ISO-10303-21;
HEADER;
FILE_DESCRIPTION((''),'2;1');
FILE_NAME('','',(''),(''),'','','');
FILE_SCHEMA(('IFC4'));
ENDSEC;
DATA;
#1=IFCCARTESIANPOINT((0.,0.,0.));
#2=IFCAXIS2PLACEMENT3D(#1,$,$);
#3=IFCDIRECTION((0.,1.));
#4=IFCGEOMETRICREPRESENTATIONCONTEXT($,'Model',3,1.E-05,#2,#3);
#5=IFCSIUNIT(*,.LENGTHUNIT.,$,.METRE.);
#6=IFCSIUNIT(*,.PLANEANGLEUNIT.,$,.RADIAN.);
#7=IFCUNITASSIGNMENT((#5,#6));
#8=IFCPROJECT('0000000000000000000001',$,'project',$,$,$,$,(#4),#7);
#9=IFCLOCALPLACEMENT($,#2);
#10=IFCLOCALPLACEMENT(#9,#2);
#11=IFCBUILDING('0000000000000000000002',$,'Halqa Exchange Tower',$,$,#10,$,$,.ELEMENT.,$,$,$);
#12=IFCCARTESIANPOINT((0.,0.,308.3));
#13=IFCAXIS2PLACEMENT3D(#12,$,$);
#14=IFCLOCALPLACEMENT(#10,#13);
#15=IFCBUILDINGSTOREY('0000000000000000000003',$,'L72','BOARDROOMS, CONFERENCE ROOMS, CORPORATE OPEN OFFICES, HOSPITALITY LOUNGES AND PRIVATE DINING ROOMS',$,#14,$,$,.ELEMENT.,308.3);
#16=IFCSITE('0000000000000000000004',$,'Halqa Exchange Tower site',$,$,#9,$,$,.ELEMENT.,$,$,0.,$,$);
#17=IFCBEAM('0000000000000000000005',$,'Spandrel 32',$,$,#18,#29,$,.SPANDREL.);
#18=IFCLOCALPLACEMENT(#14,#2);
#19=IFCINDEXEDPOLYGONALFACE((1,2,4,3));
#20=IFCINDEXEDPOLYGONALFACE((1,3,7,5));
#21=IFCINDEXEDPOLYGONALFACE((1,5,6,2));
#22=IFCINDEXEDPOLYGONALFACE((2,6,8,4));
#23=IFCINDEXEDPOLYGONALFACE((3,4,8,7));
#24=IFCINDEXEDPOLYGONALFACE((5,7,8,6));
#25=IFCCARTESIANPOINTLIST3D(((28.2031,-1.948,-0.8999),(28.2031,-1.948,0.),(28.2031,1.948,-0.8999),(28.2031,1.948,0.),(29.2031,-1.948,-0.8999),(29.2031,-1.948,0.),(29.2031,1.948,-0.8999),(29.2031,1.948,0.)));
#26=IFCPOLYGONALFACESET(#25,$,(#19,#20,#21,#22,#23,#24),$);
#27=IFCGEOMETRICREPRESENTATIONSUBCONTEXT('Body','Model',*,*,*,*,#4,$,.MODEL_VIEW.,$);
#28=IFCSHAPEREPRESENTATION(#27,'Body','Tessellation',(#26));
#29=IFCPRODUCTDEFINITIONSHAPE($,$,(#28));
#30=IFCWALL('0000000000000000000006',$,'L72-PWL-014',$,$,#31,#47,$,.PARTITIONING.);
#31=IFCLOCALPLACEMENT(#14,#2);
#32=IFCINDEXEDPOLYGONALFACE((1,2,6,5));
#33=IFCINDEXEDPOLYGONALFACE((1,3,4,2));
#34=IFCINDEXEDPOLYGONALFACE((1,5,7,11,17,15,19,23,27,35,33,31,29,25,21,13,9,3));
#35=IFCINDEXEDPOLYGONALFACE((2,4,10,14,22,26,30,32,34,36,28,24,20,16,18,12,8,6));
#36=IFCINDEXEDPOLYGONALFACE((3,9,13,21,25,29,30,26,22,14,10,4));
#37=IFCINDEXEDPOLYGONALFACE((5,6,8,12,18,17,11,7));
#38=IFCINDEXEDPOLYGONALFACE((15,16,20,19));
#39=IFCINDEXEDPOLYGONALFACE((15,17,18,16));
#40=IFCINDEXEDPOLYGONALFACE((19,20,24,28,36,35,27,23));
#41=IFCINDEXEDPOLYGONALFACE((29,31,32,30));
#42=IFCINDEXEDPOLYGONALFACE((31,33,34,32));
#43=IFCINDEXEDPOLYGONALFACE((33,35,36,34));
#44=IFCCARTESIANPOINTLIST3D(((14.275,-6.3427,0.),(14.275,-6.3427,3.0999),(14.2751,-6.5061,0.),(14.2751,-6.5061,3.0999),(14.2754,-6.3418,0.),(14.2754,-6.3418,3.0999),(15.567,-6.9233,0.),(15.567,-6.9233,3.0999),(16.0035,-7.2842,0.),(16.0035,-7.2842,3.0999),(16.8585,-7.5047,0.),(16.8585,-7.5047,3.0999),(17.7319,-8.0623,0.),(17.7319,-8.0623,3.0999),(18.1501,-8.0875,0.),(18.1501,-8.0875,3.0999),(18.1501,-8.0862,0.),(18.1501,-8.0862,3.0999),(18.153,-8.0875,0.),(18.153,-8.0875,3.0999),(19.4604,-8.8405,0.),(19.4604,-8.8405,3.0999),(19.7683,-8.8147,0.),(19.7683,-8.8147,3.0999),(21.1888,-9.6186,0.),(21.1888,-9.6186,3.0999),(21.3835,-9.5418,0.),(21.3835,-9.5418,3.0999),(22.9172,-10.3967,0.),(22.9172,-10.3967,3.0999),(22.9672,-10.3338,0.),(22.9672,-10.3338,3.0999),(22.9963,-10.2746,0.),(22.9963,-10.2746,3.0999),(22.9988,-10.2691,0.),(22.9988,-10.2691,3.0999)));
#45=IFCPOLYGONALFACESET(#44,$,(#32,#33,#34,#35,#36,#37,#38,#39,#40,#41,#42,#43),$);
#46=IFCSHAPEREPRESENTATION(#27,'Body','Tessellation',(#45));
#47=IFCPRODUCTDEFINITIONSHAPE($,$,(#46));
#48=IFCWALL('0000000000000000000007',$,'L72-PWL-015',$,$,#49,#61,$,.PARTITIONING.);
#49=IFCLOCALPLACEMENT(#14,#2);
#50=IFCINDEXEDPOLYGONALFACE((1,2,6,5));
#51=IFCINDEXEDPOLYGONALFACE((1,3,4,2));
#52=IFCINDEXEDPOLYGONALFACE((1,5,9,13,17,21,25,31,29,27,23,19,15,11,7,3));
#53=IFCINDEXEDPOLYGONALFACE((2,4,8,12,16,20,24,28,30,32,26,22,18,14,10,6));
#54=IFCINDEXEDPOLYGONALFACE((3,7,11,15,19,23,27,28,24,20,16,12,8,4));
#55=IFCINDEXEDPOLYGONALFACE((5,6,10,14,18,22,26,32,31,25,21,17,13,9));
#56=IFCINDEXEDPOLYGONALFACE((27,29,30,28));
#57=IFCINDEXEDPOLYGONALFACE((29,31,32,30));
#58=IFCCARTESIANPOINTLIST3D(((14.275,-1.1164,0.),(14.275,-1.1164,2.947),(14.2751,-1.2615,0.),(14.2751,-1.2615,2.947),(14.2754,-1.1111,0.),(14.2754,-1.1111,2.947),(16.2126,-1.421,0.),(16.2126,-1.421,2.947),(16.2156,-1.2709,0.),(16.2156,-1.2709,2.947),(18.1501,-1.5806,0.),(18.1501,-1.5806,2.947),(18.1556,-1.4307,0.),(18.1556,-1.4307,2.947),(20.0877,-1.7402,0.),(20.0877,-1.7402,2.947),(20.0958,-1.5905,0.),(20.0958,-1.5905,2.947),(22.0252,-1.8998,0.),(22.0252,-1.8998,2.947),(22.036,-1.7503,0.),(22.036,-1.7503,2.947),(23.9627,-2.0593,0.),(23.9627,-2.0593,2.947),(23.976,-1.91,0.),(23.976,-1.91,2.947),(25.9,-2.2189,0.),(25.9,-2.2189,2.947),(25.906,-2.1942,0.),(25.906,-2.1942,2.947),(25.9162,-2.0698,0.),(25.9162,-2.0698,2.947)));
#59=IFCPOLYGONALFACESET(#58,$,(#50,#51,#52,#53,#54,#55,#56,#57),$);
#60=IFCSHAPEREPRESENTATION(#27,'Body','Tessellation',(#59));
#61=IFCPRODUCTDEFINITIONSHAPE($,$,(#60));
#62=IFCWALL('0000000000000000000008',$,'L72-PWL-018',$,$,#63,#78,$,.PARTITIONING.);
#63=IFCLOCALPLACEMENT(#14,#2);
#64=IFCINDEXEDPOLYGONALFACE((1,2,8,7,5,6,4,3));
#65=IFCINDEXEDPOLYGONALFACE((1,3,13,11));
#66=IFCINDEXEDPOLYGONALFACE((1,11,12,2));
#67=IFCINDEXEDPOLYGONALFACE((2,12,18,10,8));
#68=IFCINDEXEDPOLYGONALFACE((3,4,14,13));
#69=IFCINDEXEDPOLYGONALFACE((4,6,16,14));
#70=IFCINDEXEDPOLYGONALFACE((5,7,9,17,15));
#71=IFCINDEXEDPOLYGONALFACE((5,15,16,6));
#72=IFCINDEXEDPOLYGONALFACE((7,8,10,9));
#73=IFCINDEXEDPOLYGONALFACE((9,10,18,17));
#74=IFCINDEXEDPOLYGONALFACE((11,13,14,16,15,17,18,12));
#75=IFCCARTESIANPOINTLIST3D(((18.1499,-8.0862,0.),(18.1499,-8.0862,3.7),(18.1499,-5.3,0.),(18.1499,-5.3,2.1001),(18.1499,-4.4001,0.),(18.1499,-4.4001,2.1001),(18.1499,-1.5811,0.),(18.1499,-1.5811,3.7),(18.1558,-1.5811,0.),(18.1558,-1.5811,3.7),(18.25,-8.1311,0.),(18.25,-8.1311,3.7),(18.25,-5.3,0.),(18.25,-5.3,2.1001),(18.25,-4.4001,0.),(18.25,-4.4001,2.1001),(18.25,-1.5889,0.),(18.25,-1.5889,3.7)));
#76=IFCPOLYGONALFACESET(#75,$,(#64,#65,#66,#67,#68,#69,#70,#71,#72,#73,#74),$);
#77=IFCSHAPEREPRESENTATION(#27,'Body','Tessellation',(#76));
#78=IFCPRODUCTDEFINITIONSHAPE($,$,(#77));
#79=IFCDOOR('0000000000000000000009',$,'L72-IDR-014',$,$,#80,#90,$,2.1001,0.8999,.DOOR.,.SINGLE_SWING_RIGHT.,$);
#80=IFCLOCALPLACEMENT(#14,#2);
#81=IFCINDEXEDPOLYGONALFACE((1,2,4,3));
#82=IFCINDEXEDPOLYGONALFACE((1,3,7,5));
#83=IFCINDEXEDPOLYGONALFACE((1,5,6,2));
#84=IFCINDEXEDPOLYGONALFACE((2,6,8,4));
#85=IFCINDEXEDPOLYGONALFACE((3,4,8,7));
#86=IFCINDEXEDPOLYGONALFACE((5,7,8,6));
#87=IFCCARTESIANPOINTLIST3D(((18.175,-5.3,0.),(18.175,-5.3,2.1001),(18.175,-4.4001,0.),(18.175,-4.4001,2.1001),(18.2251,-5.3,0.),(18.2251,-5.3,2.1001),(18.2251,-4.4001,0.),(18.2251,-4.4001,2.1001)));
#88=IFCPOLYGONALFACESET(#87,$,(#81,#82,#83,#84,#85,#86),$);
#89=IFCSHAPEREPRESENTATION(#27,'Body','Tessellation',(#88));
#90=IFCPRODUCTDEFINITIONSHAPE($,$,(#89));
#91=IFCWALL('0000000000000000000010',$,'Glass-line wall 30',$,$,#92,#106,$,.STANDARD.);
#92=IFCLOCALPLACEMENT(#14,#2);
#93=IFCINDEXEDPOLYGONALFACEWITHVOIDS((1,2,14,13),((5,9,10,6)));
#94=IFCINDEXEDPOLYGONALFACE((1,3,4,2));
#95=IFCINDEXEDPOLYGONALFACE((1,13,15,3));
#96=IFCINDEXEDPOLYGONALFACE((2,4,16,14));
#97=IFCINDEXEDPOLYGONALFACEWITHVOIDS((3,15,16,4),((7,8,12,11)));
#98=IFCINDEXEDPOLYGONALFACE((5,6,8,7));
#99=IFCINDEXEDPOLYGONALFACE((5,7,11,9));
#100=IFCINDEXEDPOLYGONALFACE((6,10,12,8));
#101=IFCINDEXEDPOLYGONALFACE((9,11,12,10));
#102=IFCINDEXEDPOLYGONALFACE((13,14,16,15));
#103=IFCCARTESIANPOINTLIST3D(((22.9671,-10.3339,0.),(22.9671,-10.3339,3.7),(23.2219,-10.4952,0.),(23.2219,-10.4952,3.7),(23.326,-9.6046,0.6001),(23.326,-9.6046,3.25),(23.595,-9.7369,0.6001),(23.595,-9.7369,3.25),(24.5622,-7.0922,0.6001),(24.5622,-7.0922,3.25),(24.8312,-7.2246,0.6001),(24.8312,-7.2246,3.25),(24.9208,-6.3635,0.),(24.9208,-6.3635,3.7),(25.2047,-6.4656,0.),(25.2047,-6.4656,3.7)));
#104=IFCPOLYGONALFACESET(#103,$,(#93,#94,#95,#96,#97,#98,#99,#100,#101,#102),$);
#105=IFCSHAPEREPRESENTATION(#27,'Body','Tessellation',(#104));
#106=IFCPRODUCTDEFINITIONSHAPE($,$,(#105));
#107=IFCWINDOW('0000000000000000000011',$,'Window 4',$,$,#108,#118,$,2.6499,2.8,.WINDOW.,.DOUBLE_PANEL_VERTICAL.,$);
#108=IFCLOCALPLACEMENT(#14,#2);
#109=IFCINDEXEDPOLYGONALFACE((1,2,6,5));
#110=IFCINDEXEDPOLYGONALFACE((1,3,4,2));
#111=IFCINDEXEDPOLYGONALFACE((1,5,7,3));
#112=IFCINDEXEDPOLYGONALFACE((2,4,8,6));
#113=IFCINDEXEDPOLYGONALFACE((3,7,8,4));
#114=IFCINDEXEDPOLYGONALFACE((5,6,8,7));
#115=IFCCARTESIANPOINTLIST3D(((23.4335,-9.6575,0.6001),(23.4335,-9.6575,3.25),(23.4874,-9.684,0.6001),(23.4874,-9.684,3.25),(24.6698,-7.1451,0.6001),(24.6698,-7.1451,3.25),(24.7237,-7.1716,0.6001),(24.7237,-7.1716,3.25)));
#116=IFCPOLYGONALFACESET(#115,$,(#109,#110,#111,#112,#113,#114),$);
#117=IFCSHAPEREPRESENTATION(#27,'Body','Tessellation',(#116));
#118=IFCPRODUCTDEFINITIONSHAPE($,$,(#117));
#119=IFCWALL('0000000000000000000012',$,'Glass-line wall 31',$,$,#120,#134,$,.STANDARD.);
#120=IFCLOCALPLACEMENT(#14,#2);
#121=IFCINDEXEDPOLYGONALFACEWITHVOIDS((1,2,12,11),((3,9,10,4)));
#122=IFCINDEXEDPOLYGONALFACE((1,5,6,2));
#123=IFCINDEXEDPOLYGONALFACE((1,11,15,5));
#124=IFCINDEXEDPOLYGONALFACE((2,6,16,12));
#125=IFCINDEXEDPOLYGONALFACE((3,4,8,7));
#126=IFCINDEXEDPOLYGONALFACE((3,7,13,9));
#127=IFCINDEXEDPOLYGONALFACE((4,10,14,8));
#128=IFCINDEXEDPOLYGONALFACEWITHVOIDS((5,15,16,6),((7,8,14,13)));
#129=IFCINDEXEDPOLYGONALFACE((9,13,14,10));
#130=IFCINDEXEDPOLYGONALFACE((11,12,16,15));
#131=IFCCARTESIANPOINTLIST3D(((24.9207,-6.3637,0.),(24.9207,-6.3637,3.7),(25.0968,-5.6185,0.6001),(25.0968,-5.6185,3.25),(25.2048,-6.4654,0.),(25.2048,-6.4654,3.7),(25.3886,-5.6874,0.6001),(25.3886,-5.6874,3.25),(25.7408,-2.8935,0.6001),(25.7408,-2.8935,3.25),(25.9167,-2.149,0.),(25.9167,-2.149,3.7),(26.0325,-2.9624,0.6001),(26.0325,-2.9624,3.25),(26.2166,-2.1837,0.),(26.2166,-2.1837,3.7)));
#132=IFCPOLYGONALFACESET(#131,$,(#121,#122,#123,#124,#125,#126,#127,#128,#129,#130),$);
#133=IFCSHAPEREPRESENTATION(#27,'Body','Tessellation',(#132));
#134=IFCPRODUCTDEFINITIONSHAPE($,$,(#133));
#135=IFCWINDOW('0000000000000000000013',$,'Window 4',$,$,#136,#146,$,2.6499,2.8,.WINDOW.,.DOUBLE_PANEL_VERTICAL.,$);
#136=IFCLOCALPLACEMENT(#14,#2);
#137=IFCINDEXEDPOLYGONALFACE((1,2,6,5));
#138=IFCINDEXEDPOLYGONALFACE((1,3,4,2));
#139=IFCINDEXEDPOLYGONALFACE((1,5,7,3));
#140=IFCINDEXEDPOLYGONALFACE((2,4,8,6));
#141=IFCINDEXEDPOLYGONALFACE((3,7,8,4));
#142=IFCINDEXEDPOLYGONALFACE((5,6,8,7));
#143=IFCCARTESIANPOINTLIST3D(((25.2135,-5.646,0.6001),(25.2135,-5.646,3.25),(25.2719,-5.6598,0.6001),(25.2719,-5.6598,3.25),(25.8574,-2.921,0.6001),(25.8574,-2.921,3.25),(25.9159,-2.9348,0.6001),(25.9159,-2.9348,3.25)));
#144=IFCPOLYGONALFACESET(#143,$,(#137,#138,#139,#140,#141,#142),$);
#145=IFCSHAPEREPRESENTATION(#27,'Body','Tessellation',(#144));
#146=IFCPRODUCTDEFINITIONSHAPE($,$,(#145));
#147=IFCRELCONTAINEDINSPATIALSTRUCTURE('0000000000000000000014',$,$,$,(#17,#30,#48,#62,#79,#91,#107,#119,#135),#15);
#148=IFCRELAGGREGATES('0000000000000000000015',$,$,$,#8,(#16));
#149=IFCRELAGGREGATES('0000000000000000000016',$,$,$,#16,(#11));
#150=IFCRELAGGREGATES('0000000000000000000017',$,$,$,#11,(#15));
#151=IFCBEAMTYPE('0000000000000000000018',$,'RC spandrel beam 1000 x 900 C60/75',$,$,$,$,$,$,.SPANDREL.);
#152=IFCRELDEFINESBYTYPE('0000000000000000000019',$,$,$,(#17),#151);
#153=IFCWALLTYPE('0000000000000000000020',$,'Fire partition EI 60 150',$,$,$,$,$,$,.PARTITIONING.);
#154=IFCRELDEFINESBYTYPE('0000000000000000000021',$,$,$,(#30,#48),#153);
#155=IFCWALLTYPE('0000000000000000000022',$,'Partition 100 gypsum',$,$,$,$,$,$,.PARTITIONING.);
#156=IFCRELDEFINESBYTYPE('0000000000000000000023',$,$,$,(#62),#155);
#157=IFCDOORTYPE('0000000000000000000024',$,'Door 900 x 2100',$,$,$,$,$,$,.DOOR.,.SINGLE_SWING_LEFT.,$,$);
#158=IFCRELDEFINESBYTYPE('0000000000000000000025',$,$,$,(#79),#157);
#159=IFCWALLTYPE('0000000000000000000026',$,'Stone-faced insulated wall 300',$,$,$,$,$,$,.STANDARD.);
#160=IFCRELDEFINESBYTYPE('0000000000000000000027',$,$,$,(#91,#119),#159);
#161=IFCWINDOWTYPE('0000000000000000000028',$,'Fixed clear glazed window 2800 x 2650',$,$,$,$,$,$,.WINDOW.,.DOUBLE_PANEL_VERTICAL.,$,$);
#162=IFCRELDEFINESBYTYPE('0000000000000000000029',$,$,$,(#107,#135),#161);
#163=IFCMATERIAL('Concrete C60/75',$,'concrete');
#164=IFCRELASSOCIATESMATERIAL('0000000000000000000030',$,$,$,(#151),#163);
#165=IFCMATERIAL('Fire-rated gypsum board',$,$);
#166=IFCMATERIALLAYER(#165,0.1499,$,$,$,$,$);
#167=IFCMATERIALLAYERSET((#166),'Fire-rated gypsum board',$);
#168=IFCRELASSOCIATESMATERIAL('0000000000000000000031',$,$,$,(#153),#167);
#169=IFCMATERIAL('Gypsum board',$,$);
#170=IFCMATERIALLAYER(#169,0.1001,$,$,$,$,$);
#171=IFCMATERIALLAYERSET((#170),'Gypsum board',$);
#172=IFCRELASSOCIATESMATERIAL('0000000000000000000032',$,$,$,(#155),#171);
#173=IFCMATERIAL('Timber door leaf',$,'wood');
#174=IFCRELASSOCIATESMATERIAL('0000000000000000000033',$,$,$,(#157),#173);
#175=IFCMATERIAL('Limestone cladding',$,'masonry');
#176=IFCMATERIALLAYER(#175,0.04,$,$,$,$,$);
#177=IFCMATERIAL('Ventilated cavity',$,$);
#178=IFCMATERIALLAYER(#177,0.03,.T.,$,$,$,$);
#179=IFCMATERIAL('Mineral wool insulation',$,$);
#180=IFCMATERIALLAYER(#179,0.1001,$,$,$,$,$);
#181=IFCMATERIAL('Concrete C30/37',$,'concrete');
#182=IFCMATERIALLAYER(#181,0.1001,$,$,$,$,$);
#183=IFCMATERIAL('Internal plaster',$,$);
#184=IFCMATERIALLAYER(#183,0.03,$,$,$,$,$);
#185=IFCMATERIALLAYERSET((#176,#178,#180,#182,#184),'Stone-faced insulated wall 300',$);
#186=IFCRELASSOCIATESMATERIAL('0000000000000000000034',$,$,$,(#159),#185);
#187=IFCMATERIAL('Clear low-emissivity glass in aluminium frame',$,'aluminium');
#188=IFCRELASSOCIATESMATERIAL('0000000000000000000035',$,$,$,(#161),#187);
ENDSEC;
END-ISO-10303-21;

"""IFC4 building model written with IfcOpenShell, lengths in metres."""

from ifc_helpers import new_model, si_unit, direction, frame, frame_2d, origin, origin_2d, place, context, subcontext, project, spatial, polyline, rectangle, outline, extrude, material, layer, layer_set, material_profile, profile_set, type_object, element, fill, save


model = new_model("IFC4")

# Units and contexts
model_context = context("Model", 3, precision=1e-05, world=origin(), true_north=direction((0.0, 1.0)))
body_context = subcontext(model_context, "Body", "Model", "MODEL_VIEW")
ifc_project = project(units=[si_unit("LENGTHUNIT", "METRE"), si_unit("PLANEANGLEUNIT", "RADIAN")], contexts=[model_context])

# Site, building, storey
site_placement = place(None, origin())
site = spatial("IfcSite", under=ifc_project, at=site_placement, Name="Halqa Exchange Tower site", CompositionType="ELEMENT", RefElevation=0.0)
building_placement = place(site_placement, origin())
building = spatial("IfcBuilding", under=site, at=building_placement, Name="Halqa Exchange Tower", CompositionType="ELEMENT")
storey_placement = place(building_placement, frame((0.0, 0.0, 308.3)))
storey = spatial("IfcBuildingStorey", under=building, at=storey_placement, Name="L72", Description="BOARDROOMS, CONFERENCE ROOMS, CORPORATE OPEN OFFICES, HOSPITALITY LOUNGES AND PRIVATE DINING ROOMS", CompositionType="ELEMENT", Elevation=308.3)

# Beam
ifc_material_1 = material(Name="Concrete C60/75", Category="concrete")
ifc_material_profile_1 = material_profile(ifc_material_1, rectangle(XDim=1.0, YDim=0.8999, at=origin_2d()), Name="1000 x 900")
ifc_profile_set_1 = profile_set([ifc_material_profile_1], Name="Concrete C60/75")
beam_type_1 = type_object("IfcBeamType", Name="RC spandrel beam 1000 x 900 C60/75", PredefinedType="SPANDREL", material=ifc_profile_set_1)
beam_1_placement = place(storey_placement, frame((28.7031, -1.948, -0.45), z_axis=(0.0, 1.0, 0.0), x_axis=(-1.0, 0.0, 0.0)))
element("IfcBeam", 1, at=beam_1_placement, inside=storey, type_object=beam_type_1, Name="Spandrel 32", PredefinedType="SPANDREL", context=body_context, shape_type="SweptSolid", body=[
    extrude(rectangle(XDim=1.0, YDim=0.8999, at=origin_2d()), origin(), (0.0, 0.0, 1.0), 3.896),
])

# Walls
ifc_material_2 = material(Name="Fire-rated gypsum board")
ifc_layer_1 = layer(ifc_material_2, 0.1499)
ifc_layer_set_1 = layer_set([ifc_layer_1], Name="Fire-rated gypsum board")
wall_type_1 = type_object("IfcWallType", Name="Fire partition EI 60 150", PredefinedType="PARTITIONING", material=ifc_layer_set_1)
wall_1_placement = place(storey_placement, frame((14.2446, -6.4102, 0.0), z_axis=(0.0, 0.0, 1.0), x_axis=(0.911854, -0.410514, 0.0)))
element("IfcWall", 2, at=wall_1_placement, inside=storey, type_object=wall_type_1, Name="L72-PWL-014", PredefinedType="PARTITIONING", context=body_context, shape_type="SweptSolid", body=[
    extrude(outline(polyline([(0.0671, -0.075), (1.9626, -0.075), (3.8582, -0.075), (5.7537, -0.075), (7.6492, -0.075), (9.5447, -0.075), (9.5645, 0.0029), (9.5667, 0.0688), (9.5667, 0.075), (7.7952, 0.075), (6.0239, 0.075), (4.2524, 0.075), (4.2498, 0.0737), (4.2493, 0.075), (2.8328, 0.075), (1.4165, 0.075), (0.0, 0.075), (0.0, 0.074), (0.0671, -0.075)])), origin(), (0.0, 0.0, 1.0), 3.0999),
])
wall_2_placement = place(storey_placement, frame((14.2693, -1.1858, 0.0), z_axis=(0.0, 0.0, 1.0), x_axis=(0.996626, -0.082082, 0.0)))
element("IfcWall", 3, at=wall_2_placement, inside=storey, type_object=wall_type_1, Name="L72-PWL-015", PredefinedType="PARTITIONING", context=body_context, shape_type="SweptSolid", body=[
    extrude(outline(polyline([(0.012, -0.075), (1.9561, -0.075), (3.9001, -0.075), (5.8442, -0.075), (7.7883, -0.075), (9.7324, -0.075), (11.6763, -0.075), (11.6802, -0.0498), (11.6802, 0.075), (9.7334, 0.075), (7.7869, 0.075), (5.8401, 0.075), (3.8933, 0.075), (1.9468, 0.075), (0.0, 0.075), (0.0, 0.0696), (0.012, -0.075)])), origin(), (0.0, 0.0, 1.0), 2.947),
])

# Wall, opening, door
ifc_material_3 = material(Name="Gypsum board")
ifc_layer_2 = layer(ifc_material_3, 0.1001)
ifc_layer_set_2 = layer_set([ifc_layer_2], Name="Gypsum board")
wall_type_2 = type_object("IfcWallType", Name="Partition 100 gypsum", PredefinedType="PARTITIONING", material=ifc_layer_set_2)
wall_3_placement = place(storey_placement, frame((18.2, -1.5811, 0.0), z_axis=(0.0, 0.0, 1.0), x_axis=(0.0, -1.0, 0.0)))
wall_3 = element("IfcWall", 4, at=wall_3_placement, inside=storey, type_object=wall_type_2, Name="L72-PWL-018", PredefinedType="PARTITIONING", context=body_context, shape_type="SweptSolid", body=[
    extrude(outline(polyline([(0.0, -0.05), (1.6262, -0.05), (3.2524, -0.05), (4.8787, -0.05), (6.5051, -0.05), (6.55, 0.05), (6.55, 0.05), (4.9146, 0.05), (3.2788, 0.05), (1.6433, 0.05), (0.0078, 0.05), (0.0, -0.0442), (0.0, -0.05)])), origin(), (0.0, 0.0, 1.0), 3.7),
])
opening_1_placement = place(wall_3_placement, frame((2.8191, 0.0, 0.0)))
opening_1 = element("IfcOpeningElement", 5, at=opening_1_placement, cuts=wall_3, PredefinedType="OPENING", context=body_context, shape_type="SweptSolid", body=[
    extrude(rectangle(XDim=0.8999, YDim=2.1001, at=frame_2d((0.45, 1.05))), frame((0.0, 0.062, 0.0), z_axis=(0.0, -1.0, 0.0), x_axis=(1.0, 0.0, 0.0)), (0.0, 0.0, 1.0), 0.124),
])
ifc_material_4 = material(Name="Timber door leaf", Category="wood")
door_type_1 = type_object("IfcDoorType", Name="Door 900 x 2100", OperationType="SINGLE_SWING_LEFT", PredefinedType="DOOR", material=ifc_material_4)
door_1_placement = place(opening_1_placement, frame((0.8999, 0.0, 0.0), z_axis=(0.0, 0.0, 1.0), x_axis=(-1.0, 0.0, 0.0)))
door_1 = element("IfcDoor", 6, at=door_1_placement, inside=storey, type_object=door_type_1, Name="L72-IDR-014", OperationType="SINGLE_SWING_RIGHT", OverallHeight=2.1001, OverallWidth=0.8999, PredefinedType="DOOR", context=body_context, shape_type="SweptSolid", body=[
    extrude(rectangle(XDim=0.8999, YDim=2.1001, at=frame_2d((0.45, 1.05))), frame((0.0, 0.0249, 0.0), z_axis=(0.0, -1.0, 0.0), x_axis=(1.0, 0.0, 0.0)), (0.0, 0.0, 1.0), 0.05),
])
fill(opening_1, door_1)

# Walls, openings, windows
ifc_material_5 = material(Name="Limestone cladding", Category="masonry")
ifc_layer_3 = layer(ifc_material_5, 0.04)
ifc_material_6 = material(Name="Ventilated cavity")
ifc_layer_4 = layer(ifc_material_6, 0.03, ventilated=True)
ifc_material_7 = material(Name="Mineral wool insulation")
ifc_layer_5 = layer(ifc_material_7, 0.1001)
ifc_material_8 = material(Name="Concrete C30/37", Category="concrete")
ifc_layer_6 = layer(ifc_material_8, 0.1001)
ifc_material_9 = material(Name="Internal plaster")
ifc_layer_7 = layer(ifc_material_9, 0.03)
ifc_layer_set_3 = layer_set([ifc_layer_3, ifc_layer_4, ifc_layer_5, ifc_layer_6, ifc_layer_7], Name="Stone-faced insulated wall 300")
wall_type_3 = type_object("IfcWallType", Name="Stone-faced insulated wall 300", PredefinedType="STANDARD", material=ifc_layer_set_3)
wall_4_placement = place(storey_placement, frame((23.0945, -10.4146, 0.0), z_axis=(0.0, 0.0, 1.0), x_axis=(0.441509, 0.897257, 0.0)))
wall_4 = element("IfcWall", 7, at=wall_4_placement, inside=storey, type_object=wall_type_3, Name="Glass-line wall 30", PredefinedType="STANDARD", context=body_context, shape_type="SweptSolid", body=[
    extrude(outline(polyline([(-0.0161, -0.1499), (4.4749, -0.1499), (4.4412, 0.1499), (0.0161, 0.1499), (-0.0161, -0.1499)])), origin(), (0.0, 0.0, 1.0), 3.7),
])
opening_2_placement = place(wall_4_placement, frame((0.8291, 0.0, 0.6001)))
opening_2 = element("IfcOpeningElement", 8, at=opening_2_placement, cuts=wall_4, PredefinedType="OPENING", context=body_context, shape_type="SweptSolid", body=[
    extrude(rectangle(XDim=2.8, YDim=2.6499, at=frame_2d((1.3999, 1.325))), frame((0.0, 0.1621, 0.0), z_axis=(0.0, -1.0, 0.0), x_axis=(1.0, 0.0, 0.0)), (0.0, 0.0, 1.0), 0.324),
])
ifc_material_10 = material(Name="Clear low-emissivity glass in aluminium frame", Category="aluminium")
window_type = type_object("IfcWindowType", Name="Fixed clear glazed window 2800 x 2650", PartitioningType="DOUBLE_PANEL_VERTICAL", PredefinedType="WINDOW", material=ifc_material_10)
window_1_placement = place(opening_2_placement, origin())
window_1 = element("IfcWindow", 9, at=window_1_placement, inside=storey, type_object=window_type, Name="Window 4", OverallHeight=2.6499, OverallWidth=2.8, PartitioningType="DOUBLE_PANEL_VERTICAL", PredefinedType="WINDOW", context=body_context, shape_type="SweptSolid", body=[
    extrude(rectangle(XDim=2.8, YDim=2.6499, at=frame_2d((1.3999, 1.325))), frame((0.0, 0.03, 0.0), z_axis=(0.0, -1.0, 0.0), x_axis=(1.0, 0.0, 0.0)), (0.0, 0.0, 1.0), 0.0601),
])
fill(opening_2, window_1)
wall_5_placement = place(storey_placement, frame((25.0627, -6.4146, 0.0), z_axis=(0.0, 0.0, 1.0), x_axis=(0.229974, 0.973197, 0.0)))
wall_5 = element("IfcWall", 10, at=wall_5_placement, inside=storey, type_object=wall_type_3, Name="Glass-line wall 31", PredefinedType="STANDARD", context=body_context, shape_type="SweptSolid", body=[
    extrude(outline(polyline([(-0.0168, -0.1499), (4.3828, -0.1499), (4.3477, 0.1499), (0.0168, 0.1499), (-0.0168, -0.1499)])), origin(), (0.0, 0.0, 1.0), 3.7),
])
opening_3_placement = place(wall_5_placement, frame((0.7827, 0.0, 0.6001)))
opening_3 = element("IfcOpeningElement", 11, at=opening_3_placement, cuts=wall_5, PredefinedType="OPENING", context=body_context, shape_type="SweptSolid", body=[
    extrude(rectangle(XDim=2.8, YDim=2.6499, at=frame_2d((1.3999, 1.325))), frame((0.0, 0.1621, 0.0), z_axis=(0.0, -1.0, 0.0), x_axis=(1.0, 0.0, 0.0)), (0.0, 0.0, 1.0), 0.324),
])
window_2_placement = place(opening_3_placement, origin())
window_2 = element("IfcWindow", 12, at=window_2_placement, inside=storey, type_object=window_type, Name="Window 4", OverallHeight=2.6499, OverallWidth=2.8, PartitioningType="DOUBLE_PANEL_VERTICAL", PredefinedType="WINDOW", context=body_context, shape_type="SweptSolid", body=[
    extrude(rectangle(XDim=2.8, YDim=2.6499, at=frame_2d((1.3999, 1.325))), frame((0.0, 0.03, 0.0), z_axis=(0.0, -1.0, 0.0), x_axis=(1.0, 0.0, 0.0)), (0.0, 0.0, 1.0), 0.0601),
])
fill(opening_3, window_2)

save(model, "model.ifc")
